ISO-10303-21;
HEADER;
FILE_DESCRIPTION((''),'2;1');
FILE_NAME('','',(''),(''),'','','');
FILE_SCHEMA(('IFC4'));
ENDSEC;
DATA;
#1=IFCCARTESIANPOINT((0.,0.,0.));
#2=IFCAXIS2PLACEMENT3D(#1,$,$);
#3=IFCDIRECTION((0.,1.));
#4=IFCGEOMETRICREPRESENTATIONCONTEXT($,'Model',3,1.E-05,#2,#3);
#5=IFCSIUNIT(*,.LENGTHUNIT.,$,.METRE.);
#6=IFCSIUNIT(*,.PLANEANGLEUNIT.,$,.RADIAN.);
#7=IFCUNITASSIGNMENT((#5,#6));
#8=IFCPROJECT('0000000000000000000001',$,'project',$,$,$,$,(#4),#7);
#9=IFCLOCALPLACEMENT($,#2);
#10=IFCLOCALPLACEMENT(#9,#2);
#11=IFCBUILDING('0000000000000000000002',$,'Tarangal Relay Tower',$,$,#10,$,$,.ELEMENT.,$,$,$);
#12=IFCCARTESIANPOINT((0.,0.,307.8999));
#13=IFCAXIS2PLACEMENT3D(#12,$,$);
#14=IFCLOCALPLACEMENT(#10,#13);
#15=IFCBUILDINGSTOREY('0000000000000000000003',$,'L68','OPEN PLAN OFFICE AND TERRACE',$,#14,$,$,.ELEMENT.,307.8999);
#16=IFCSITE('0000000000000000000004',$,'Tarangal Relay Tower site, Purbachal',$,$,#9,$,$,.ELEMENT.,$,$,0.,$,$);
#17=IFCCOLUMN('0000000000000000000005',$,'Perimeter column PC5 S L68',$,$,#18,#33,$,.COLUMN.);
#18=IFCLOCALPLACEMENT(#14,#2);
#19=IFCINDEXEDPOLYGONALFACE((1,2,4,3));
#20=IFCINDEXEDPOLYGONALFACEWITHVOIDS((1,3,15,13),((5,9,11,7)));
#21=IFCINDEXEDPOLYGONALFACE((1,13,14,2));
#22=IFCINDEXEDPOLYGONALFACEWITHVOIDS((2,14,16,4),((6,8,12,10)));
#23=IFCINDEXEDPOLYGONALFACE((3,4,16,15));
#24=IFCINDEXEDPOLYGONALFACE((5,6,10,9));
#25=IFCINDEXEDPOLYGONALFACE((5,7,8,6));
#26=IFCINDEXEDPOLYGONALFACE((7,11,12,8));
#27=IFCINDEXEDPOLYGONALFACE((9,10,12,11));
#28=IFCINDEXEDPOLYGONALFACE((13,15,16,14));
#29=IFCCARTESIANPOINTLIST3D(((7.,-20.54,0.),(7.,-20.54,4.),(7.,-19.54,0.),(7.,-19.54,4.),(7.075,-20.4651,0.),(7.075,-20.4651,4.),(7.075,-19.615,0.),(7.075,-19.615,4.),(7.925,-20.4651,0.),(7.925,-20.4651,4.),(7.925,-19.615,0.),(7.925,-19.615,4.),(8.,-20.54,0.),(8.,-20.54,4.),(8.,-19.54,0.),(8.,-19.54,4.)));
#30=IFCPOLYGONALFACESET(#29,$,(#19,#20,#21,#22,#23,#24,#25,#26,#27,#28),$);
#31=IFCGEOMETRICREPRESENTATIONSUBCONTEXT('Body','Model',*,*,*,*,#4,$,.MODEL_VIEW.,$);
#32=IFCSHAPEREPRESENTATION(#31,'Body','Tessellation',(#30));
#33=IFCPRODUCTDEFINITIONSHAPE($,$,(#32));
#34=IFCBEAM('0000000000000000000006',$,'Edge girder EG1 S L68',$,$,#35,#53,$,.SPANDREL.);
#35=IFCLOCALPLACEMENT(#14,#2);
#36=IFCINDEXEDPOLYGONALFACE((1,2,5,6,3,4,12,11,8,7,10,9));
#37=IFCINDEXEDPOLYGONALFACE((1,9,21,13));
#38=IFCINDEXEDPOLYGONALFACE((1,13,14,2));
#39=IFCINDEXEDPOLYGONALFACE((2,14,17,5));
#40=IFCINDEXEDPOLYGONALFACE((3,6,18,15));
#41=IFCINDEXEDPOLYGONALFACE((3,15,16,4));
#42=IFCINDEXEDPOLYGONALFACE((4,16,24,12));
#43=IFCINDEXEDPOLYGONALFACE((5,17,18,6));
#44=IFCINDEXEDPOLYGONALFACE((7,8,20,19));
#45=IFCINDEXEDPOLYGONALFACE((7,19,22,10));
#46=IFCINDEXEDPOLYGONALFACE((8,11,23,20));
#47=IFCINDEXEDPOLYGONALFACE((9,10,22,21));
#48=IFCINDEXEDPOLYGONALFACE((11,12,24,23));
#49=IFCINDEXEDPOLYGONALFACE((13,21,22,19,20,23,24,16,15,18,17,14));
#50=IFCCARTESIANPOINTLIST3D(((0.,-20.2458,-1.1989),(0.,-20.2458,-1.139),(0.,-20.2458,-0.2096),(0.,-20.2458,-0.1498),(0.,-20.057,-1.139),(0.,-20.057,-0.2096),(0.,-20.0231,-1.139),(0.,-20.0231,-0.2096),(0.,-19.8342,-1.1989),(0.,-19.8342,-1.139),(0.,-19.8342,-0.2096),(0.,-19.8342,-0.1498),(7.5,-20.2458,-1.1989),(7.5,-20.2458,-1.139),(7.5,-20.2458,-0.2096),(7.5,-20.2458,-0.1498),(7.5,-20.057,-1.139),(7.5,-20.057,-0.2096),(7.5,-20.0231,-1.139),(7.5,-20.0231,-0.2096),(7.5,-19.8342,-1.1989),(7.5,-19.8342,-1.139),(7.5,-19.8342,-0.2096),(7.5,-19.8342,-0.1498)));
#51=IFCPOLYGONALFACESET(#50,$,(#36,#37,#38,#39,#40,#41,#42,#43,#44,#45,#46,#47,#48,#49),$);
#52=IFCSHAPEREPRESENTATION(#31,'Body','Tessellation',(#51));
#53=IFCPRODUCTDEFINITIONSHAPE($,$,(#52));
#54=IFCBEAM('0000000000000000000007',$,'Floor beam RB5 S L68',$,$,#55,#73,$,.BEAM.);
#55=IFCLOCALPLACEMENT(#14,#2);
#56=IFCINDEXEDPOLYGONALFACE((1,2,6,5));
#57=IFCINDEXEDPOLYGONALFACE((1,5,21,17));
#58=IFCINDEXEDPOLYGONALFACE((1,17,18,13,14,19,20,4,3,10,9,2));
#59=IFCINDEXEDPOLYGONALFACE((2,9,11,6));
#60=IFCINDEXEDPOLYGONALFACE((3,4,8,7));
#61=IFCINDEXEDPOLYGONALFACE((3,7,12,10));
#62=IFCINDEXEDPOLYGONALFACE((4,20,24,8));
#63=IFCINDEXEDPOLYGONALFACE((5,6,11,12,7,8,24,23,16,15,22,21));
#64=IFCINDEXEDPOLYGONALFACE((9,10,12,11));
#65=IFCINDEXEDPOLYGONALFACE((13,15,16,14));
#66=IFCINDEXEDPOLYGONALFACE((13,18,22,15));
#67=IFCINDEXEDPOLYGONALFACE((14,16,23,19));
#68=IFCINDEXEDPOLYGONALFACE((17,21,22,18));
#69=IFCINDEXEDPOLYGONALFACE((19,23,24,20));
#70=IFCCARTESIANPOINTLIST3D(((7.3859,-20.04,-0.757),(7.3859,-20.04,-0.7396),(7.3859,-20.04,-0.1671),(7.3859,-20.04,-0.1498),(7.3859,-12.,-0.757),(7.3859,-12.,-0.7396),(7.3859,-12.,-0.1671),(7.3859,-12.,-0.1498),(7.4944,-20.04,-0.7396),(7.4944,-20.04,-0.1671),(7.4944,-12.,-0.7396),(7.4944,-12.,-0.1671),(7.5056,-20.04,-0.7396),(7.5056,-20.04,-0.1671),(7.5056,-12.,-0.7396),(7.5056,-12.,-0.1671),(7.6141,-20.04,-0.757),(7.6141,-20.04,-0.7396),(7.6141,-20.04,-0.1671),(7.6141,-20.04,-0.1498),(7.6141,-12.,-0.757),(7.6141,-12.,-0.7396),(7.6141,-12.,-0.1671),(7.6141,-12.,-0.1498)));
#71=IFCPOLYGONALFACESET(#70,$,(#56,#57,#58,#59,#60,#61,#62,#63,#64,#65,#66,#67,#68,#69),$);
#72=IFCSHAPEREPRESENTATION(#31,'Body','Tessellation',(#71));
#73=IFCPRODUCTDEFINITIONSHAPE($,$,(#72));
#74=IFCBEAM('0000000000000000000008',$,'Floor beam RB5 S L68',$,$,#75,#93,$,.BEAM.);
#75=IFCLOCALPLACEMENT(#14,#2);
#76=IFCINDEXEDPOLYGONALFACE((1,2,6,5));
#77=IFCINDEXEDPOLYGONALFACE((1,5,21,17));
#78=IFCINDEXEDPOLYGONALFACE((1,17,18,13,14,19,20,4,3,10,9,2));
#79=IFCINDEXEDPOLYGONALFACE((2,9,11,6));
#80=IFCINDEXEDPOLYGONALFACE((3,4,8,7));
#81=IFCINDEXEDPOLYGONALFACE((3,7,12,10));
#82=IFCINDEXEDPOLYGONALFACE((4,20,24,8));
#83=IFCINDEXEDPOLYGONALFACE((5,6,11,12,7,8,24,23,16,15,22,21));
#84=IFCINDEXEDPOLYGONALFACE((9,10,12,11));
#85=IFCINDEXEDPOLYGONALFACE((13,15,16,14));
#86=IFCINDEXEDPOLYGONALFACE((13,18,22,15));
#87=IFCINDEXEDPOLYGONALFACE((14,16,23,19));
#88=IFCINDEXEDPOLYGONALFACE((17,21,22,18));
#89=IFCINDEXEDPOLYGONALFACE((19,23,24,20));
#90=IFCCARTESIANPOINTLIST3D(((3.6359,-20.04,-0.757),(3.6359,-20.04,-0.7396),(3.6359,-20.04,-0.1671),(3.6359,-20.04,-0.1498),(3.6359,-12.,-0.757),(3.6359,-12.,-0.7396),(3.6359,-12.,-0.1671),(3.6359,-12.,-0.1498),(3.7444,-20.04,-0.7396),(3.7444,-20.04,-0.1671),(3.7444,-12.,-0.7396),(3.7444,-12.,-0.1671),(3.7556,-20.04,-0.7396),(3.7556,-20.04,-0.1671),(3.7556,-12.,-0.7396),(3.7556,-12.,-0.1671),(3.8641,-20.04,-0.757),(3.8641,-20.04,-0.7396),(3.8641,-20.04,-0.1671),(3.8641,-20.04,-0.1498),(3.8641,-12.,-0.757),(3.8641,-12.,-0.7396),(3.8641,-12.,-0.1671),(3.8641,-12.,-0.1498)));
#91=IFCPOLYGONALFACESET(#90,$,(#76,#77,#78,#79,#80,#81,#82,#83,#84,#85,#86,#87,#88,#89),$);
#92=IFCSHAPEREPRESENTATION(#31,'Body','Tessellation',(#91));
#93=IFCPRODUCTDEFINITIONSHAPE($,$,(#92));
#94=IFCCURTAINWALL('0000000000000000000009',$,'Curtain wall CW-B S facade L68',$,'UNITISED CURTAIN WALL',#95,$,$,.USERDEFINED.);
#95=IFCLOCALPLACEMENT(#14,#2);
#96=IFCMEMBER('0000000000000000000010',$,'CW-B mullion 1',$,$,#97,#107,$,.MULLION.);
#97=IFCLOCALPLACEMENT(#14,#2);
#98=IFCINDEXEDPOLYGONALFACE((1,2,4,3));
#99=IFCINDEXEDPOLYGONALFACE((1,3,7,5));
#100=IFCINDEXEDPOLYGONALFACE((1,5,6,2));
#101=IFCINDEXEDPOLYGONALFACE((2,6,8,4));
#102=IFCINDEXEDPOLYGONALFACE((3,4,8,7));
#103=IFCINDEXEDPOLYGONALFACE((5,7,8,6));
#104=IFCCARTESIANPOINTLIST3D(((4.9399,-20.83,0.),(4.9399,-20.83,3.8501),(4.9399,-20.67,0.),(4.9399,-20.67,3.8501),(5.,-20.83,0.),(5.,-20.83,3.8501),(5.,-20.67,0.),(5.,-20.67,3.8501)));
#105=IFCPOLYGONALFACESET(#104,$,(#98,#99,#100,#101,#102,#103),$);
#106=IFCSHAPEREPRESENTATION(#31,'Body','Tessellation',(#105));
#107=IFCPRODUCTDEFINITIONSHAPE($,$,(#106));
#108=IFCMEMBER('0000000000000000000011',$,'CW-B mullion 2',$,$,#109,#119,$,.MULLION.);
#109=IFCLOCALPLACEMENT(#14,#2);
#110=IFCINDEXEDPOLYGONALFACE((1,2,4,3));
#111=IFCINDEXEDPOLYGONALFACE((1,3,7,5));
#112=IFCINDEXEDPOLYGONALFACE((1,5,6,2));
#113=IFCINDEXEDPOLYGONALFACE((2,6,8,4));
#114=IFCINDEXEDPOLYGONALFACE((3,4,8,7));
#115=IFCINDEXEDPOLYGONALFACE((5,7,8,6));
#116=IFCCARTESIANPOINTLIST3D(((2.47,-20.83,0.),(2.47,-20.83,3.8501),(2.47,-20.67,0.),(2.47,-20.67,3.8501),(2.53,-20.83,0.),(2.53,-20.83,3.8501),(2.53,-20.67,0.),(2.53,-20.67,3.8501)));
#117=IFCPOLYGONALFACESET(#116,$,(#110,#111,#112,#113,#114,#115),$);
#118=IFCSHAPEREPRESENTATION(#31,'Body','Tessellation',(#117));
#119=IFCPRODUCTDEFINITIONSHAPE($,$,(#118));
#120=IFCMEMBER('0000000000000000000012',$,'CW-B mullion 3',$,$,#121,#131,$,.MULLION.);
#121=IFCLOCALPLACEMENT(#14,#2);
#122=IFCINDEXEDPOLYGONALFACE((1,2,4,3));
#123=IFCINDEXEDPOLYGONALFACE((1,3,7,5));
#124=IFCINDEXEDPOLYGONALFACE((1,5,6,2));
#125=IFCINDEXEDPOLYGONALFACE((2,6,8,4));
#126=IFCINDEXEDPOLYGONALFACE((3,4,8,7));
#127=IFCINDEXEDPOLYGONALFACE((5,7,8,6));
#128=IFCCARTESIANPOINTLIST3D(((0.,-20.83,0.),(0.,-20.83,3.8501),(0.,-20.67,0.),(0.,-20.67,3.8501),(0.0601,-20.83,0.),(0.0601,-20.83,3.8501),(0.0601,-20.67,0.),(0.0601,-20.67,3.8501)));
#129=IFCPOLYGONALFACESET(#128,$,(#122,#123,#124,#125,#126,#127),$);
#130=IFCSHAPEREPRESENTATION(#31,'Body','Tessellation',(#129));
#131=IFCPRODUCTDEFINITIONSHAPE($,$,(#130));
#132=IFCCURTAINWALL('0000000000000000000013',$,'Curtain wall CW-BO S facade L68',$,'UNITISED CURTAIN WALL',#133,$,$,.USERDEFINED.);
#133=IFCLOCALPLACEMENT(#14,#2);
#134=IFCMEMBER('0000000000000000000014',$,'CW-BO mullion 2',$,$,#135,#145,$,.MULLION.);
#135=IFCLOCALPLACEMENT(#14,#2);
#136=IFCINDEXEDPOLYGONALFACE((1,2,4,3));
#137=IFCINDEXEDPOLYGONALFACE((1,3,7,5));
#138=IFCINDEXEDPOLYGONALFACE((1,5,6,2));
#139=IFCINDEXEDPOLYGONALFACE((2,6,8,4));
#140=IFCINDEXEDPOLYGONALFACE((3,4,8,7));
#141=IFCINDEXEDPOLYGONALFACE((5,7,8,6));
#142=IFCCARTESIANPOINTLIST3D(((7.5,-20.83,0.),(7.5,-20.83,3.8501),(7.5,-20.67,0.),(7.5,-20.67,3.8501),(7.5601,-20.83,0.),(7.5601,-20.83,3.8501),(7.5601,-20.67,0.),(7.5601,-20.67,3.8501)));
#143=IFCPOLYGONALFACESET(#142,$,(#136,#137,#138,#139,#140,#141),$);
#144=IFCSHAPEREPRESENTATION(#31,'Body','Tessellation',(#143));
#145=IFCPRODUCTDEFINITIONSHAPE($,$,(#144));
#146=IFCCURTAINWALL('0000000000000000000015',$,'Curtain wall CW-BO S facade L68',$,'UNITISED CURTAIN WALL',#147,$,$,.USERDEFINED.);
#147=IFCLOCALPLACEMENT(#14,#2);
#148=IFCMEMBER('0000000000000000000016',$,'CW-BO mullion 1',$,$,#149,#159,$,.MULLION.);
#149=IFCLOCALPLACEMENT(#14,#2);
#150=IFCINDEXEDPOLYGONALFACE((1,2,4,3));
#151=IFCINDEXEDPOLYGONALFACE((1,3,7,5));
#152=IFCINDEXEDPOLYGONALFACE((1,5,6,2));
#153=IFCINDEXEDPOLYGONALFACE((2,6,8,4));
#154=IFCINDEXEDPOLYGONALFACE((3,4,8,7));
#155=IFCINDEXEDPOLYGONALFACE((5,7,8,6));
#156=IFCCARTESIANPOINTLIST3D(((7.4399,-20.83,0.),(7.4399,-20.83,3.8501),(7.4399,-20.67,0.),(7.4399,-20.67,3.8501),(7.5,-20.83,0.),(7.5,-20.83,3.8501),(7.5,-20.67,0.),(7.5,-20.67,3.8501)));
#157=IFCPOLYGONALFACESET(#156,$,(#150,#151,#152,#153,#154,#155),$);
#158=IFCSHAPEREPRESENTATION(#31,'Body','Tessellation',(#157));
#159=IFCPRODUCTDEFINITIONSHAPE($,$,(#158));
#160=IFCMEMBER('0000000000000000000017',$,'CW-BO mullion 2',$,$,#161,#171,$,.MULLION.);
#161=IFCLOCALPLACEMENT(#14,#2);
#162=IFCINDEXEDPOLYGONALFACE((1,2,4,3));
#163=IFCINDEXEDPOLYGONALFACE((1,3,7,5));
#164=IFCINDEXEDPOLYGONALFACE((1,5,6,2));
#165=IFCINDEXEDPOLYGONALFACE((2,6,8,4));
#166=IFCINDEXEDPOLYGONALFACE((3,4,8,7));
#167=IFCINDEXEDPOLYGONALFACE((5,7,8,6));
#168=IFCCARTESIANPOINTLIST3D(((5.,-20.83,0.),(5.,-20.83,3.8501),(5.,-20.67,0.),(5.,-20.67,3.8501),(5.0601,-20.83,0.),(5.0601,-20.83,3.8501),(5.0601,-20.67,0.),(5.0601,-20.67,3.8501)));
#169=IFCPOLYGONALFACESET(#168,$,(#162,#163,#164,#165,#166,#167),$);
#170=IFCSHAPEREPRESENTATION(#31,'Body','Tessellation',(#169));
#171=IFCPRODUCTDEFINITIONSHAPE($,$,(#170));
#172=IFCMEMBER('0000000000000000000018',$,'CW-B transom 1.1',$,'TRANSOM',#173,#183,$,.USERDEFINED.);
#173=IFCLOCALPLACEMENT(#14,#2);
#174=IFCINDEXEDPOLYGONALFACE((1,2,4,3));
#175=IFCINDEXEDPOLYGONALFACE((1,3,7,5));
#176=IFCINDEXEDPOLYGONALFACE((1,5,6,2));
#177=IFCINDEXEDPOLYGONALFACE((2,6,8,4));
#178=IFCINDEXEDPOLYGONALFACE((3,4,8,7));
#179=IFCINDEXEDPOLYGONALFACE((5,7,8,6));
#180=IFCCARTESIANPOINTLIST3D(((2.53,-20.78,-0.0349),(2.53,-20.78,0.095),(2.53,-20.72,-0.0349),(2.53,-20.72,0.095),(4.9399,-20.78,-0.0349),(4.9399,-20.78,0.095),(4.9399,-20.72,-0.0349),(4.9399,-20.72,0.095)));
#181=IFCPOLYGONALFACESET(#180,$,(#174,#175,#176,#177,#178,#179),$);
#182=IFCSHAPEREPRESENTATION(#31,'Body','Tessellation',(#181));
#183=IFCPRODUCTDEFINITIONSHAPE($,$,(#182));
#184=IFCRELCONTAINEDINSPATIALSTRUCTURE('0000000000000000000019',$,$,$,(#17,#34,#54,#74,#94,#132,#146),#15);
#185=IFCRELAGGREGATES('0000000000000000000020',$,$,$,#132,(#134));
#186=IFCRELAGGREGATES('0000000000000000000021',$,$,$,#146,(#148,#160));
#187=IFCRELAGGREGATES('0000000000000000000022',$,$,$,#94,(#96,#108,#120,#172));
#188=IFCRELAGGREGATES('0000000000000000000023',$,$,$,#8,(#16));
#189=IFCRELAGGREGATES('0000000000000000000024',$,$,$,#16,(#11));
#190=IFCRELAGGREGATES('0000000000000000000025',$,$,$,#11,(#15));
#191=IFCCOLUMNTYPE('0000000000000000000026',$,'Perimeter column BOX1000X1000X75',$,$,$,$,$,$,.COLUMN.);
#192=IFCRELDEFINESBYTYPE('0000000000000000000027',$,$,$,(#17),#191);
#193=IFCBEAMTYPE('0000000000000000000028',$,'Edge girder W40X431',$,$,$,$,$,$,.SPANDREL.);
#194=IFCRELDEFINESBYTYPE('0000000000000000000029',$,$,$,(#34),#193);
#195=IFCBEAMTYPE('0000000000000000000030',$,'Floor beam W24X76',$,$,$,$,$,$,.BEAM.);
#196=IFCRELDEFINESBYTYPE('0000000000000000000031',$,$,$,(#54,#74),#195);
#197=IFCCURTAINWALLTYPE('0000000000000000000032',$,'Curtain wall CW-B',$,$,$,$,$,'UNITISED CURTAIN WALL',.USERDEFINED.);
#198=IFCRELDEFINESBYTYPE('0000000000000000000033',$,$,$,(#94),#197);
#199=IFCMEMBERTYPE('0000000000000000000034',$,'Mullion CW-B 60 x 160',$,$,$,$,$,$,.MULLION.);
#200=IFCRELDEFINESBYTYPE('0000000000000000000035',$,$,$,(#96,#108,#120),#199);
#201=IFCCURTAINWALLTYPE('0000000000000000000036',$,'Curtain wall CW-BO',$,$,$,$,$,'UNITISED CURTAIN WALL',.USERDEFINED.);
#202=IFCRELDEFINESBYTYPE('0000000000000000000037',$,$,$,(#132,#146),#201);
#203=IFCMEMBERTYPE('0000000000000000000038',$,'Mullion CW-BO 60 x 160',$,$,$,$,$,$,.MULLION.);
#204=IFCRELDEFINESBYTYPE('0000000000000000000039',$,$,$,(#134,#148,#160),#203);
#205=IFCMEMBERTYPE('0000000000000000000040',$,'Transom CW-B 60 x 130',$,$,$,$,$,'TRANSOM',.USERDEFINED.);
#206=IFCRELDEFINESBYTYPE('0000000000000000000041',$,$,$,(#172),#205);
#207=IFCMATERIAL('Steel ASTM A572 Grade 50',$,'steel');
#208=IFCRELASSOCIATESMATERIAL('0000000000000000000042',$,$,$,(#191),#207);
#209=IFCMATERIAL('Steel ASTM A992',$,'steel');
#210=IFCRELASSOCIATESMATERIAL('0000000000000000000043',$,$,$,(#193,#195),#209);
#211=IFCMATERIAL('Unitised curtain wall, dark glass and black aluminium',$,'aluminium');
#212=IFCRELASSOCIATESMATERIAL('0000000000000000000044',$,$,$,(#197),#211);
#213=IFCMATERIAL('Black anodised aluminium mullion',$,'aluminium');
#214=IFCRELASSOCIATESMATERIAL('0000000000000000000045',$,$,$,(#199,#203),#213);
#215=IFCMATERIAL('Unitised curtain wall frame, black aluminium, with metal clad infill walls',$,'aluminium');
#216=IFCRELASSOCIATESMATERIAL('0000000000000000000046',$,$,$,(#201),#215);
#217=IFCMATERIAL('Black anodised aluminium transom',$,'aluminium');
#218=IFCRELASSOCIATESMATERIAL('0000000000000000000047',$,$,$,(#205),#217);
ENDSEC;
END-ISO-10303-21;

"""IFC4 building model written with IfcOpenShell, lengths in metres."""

from ifc_helpers import new_model, si_unit, direction, frame, origin, origin_2d, place, context, subcontext, project, spatial, rectangle, hollow_rectangle, i_section, extrude, material, material_profile, profile_set, type_object, element, aggregate, save


model = new_model("IFC4")

# Units and contexts
model_context = context("Model", 3, precision=1e-05, world=origin(), true_north=direction((0.0, 1.0)))
body_context = subcontext(model_context, "Body", "Model", "MODEL_VIEW")
ifc_project = project(units=[si_unit("LENGTHUNIT", "METRE"), si_unit("PLANEANGLEUNIT", "RADIAN")], contexts=[model_context])

# Site, building, storey
site_placement = place(None, origin())
site = spatial("IfcSite", under=ifc_project, at=site_placement, Name="Tarangal Relay Tower site, Purbachal", CompositionType="ELEMENT", RefElevation=0.0)
building_placement = place(site_placement, origin())
building = spatial("IfcBuilding", under=site, at=building_placement, Name="Tarangal Relay Tower", CompositionType="ELEMENT")
storey_placement = place(building_placement, frame((0.0, 0.0, 307.8999)))
storey = spatial("IfcBuildingStorey", under=building, at=storey_placement, Name="L68", Description="OPEN PLAN OFFICE AND TERRACE", CompositionType="ELEMENT", Elevation=307.8999)

# Column
ifc_material_1 = material(Name="Steel ASTM A572 Grade 50", Category="steel")
ifc_material_profile_1 = material_profile(ifc_material_1, hollow_rectangle(XDim=1.0, YDim=1.0, WallThickness=0.075, at=origin_2d()), Name="BOX1000X1000X75")
ifc_profile_set_1 = profile_set([ifc_material_profile_1], Name="Steel ASTM A572 Grade 50")
column_type = type_object("IfcColumnType", Name="Perimeter column BOX1000X1000X75", PredefinedType="COLUMN", material=ifc_profile_set_1)
column_placement = place(storey_placement, frame((7.5, -20.04, 0.0), z_axis=(0.0, 0.0, 1.0), x_axis=(1.0, 0.0, 0.0)))
element("IfcColumn", 1, at=column_placement, inside=storey, type_object=column_type, Name="Perimeter column PC5 S L68", PredefinedType="COLUMN", context=body_context, shape_type="SweptSolid", body=[
    extrude(hollow_rectangle(XDim=1.0, YDim=1.0, WallThickness=0.075, at=origin_2d()), origin(), (0.0, 0.0, 1.0), 4.0),
])

# Beams
ifc_material_2 = material(Name="Steel ASTM A992", Category="steel")
ifc_material_profile_2 = material_profile(ifc_material_2, i_section(OverallWidth=0.4116, OverallDepth=1.0491, WebThickness=0.0339, FlangeThickness=0.0598, at=origin_2d()), Name="W40X431")
ifc_profile_set_2 = profile_set([ifc_material_profile_2], Name="Steel ASTM A992")
beam_type_1 = type_object("IfcBeamType", Name="Edge girder W40X431", PredefinedType="SPANDREL", material=ifc_profile_set_2)
beam_placement = place(storey_placement, frame((7.5, -20.04, -0.6743), z_axis=(-1.0, 0.0, 0.0), x_axis=(0.0, -1.0, 0.0)))
element("IfcBeam", 2, at=beam_placement, inside=storey, type_object=beam_type_1, Name="Edge girder EG1 S L68", PredefinedType="SPANDREL", context=body_context, shape_type="SweptSolid", body=[
    extrude(i_section(OverallWidth=0.4116, OverallDepth=1.0491, WebThickness=0.0339, FlangeThickness=0.0598, at=origin_2d()), origin(), (0.0, 0.0, 1.0), 7.5),
])
ifc_material_profile_3 = material_profile(ifc_material_2, i_section(OverallWidth=0.2283, OverallDepth=0.6072, WebThickness=0.0112, FlangeThickness=0.0173, at=origin_2d()), Name="W24X76")
ifc_profile_set_3 = profile_set([ifc_material_profile_3], Name="Steel ASTM A992")
beam_type_2 = type_object("IfcBeamType", Name="Floor beam W24X76", PredefinedType="BEAM", material=ifc_profile_set_3)
for number, where, z_axis, x_axis, name in (
    (3, (7.5, -12.0, -0.4534), (0.0, -1.0, 0.0), (1.0, 0.0, 0.0), "Floor beam RB5 S L68"),
    (4, (3.75, -12.0, -0.4534), (0.0, -1.0, 0.0), (1.0, 0.0, 0.0), "Floor beam RB5 S L68"),
):
    element("IfcBeam", number, at=place(storey_placement, frame(where, z_axis=z_axis, x_axis=x_axis)), inside=storey, type_object=beam_type_2, Name=name, PredefinedType="BEAM", context=body_context, shape_type="SweptSolid", body=[
        extrude(i_section(OverallWidth=0.2283, OverallDepth=0.6072, WebThickness=0.0112, FlangeThickness=0.0173, at=origin_2d()), origin(), (0.0, 0.0, 1.0), 8.04),
    ])

# Curtain wall, members
ifc_material_3 = material(Name="Unitised curtain wall, dark glass and black aluminium", Category="aluminium")
curtain_wall_type_1 = type_object("IfcCurtainWallType", Name="Curtain wall CW-B", ElementType="UNITISED CURTAIN WALL", PredefinedType="USERDEFINED", material=ifc_material_3)
curtain_wall_1_placement = place(storey_placement, origin())
curtain_wall_1 = element("IfcCurtainWall", 5, at=curtain_wall_1_placement, inside=storey, type_object=curtain_wall_type_1, Name="Curtain wall CW-B S facade L68", ObjectType="UNITISED CURTAIN WALL", PredefinedType="USERDEFINED")
ifc_material_4 = material(Name="Black anodised aluminium mullion", Category="aluminium")
ifc_material_profile_4 = material_profile(ifc_material_4, rectangle(XDim=0.1599, YDim=0.0601, at=origin_2d()), Name="CW-BM 60X160")
ifc_profile_set_4 = profile_set([ifc_material_profile_4], Name="Black anodised aluminium mullion")
member_type_1 = type_object("IfcMemberType", Name="Mullion CW-B 60 x 160", PredefinedType="MULLION", material=ifc_profile_set_4)
member_1_placement = place(storey_placement, frame((4.97, -20.75, 0.0), z_axis=(0.0, 0.0, 1.0), x_axis=(0.0, -1.0, 0.0)))
member_1 = element("IfcMember", 6, at=member_1_placement, type_object=member_type_1, Name="CW-B mullion 1", PredefinedType="MULLION", context=body_context, shape_type="SweptSolid", body=[
    extrude(rectangle(XDim=0.1599, YDim=0.0601, at=origin_2d()), origin(), (0.0, 0.0, 1.0), 3.8501),
])
member_2_placement = place(storey_placement, frame((2.5, -20.75, 0.0), z_axis=(0.0, 0.0, 1.0), x_axis=(0.0, -1.0, 0.0)))
member_2 = element("IfcMember", 7, at=member_2_placement, type_object=member_type_1, Name="CW-B mullion 2", PredefinedType="MULLION", context=body_context, shape_type="SweptSolid", body=[
    extrude(rectangle(XDim=0.1599, YDim=0.0601, at=origin_2d()), origin(), (0.0, 0.0, 1.0), 3.8501),
])
member_3_placement = place(storey_placement, frame((0.03, -20.75, 0.0), z_axis=(0.0, 0.0, 1.0), x_axis=(0.0, -1.0, 0.0)))
member_3 = element("IfcMember", 8, at=member_3_placement, type_object=member_type_1, Name="CW-B mullion 3", PredefinedType="MULLION", context=body_context, shape_type="SweptSolid", body=[
    extrude(rectangle(XDim=0.1599, YDim=0.0601, at=origin_2d()), origin(), (0.0, 0.0, 1.0), 3.8501),
])

# Curtain wall, member
ifc_material_5 = material(Name="Unitised curtain wall frame, black aluminium, with metal clad infill walls", Category="aluminium")
curtain_wall_type_2 = type_object("IfcCurtainWallType", Name="Curtain wall CW-BO", ElementType="UNITISED CURTAIN WALL", PredefinedType="USERDEFINED", material=ifc_material_5)
curtain_wall_2_placement = place(storey_placement, origin())
curtain_wall_2 = element("IfcCurtainWall", 9, at=curtain_wall_2_placement, inside=storey, type_object=curtain_wall_type_2, Name="Curtain wall CW-BO S facade L68", ObjectType="UNITISED CURTAIN WALL", PredefinedType="USERDEFINED")
ifc_material_profile_5 = material_profile(ifc_material_4, rectangle(XDim=0.1599, YDim=0.0601, at=origin_2d()), Name="CW-BOM 60X160")
ifc_profile_set_5 = profile_set([ifc_material_profile_5], Name="Black anodised aluminium mullion")
member_type_2 = type_object("IfcMemberType", Name="Mullion CW-BO 60 x 160", PredefinedType="MULLION", material=ifc_profile_set_5)
member_4_placement = place(storey_placement, frame((7.53, -20.75, 0.0), z_axis=(0.0, 0.0, 1.0), x_axis=(0.0, -1.0, 0.0)))
member_4 = element("IfcMember", 10, at=member_4_placement, type_object=member_type_2, Name="CW-BO mullion 2", PredefinedType="MULLION", context=body_context, shape_type="SweptSolid", body=[
    extrude(rectangle(XDim=0.1599, YDim=0.0601, at=origin_2d()), origin(), (0.0, 0.0, 1.0), 3.8501),
])

# Curtain wall, members
curtain_wall_3_placement = place(storey_placement, origin())
curtain_wall_3 = element("IfcCurtainWall", 11, at=curtain_wall_3_placement, inside=storey, type_object=curtain_wall_type_2, Name="Curtain wall CW-BO S facade L68", ObjectType="UNITISED CURTAIN WALL", PredefinedType="USERDEFINED")
member_5_placement = place(storey_placement, frame((7.47, -20.75, 0.0), z_axis=(0.0, 0.0, 1.0), x_axis=(0.0, -1.0, 0.0)))
member_5 = element("IfcMember", 12, at=member_5_placement, type_object=member_type_2, Name="CW-BO mullion 1", PredefinedType="MULLION", context=body_context, shape_type="SweptSolid", body=[
    extrude(rectangle(XDim=0.1599, YDim=0.0601, at=origin_2d()), origin(), (0.0, 0.0, 1.0), 3.8501),
])
member_6_placement = place(storey_placement, frame((5.03, -20.75, 0.0), z_axis=(0.0, 0.0, 1.0), x_axis=(0.0, -1.0, 0.0)))
member_6 = element("IfcMember", 13, at=member_6_placement, type_object=member_type_2, Name="CW-BO mullion 2", PredefinedType="MULLION", context=body_context, shape_type="SweptSolid", body=[
    extrude(rectangle(XDim=0.1599, YDim=0.0601, at=origin_2d()), origin(), (0.0, 0.0, 1.0), 3.8501),
])

# Member
ifc_material_6 = material(Name="Black anodised aluminium transom", Category="aluminium")
ifc_material_profile_6 = material_profile(ifc_material_6, rectangle(XDim=0.0601, YDim=0.1299, at=origin_2d()), Name="CW-BT 60X130")
ifc_profile_set_6 = profile_set([ifc_material_profile_6], Name="Black anodised aluminium transom")
member_type_3 = type_object("IfcMemberType", Name="Transom CW-B 60 x 130", ElementType="TRANSOM", PredefinedType="USERDEFINED", material=ifc_profile_set_6)
member_7_placement = place(storey_placement, frame((4.9399, -20.75, 0.03), z_axis=(-1.0, 0.0, 0.0), x_axis=(0.0, -1.0, 0.0)))
member_7 = element("IfcMember", 14, at=member_7_placement, type_object=member_type_3, Name="CW-B transom 1.1", ObjectType="TRANSOM", PredefinedType="USERDEFINED", context=body_context, shape_type="SweptSolid", body=[
    extrude(rectangle(XDim=0.0601, YDim=0.1299, at=origin_2d()), origin(), (0.0, 0.0, 1.0), 2.4099),
])
aggregate(curtain_wall_2, [member_4])
aggregate(curtain_wall_3, [member_5, member_6])

aggregate(curtain_wall_1, [member_1, member_2, member_3, member_7])

save(model, "model.ifc")
